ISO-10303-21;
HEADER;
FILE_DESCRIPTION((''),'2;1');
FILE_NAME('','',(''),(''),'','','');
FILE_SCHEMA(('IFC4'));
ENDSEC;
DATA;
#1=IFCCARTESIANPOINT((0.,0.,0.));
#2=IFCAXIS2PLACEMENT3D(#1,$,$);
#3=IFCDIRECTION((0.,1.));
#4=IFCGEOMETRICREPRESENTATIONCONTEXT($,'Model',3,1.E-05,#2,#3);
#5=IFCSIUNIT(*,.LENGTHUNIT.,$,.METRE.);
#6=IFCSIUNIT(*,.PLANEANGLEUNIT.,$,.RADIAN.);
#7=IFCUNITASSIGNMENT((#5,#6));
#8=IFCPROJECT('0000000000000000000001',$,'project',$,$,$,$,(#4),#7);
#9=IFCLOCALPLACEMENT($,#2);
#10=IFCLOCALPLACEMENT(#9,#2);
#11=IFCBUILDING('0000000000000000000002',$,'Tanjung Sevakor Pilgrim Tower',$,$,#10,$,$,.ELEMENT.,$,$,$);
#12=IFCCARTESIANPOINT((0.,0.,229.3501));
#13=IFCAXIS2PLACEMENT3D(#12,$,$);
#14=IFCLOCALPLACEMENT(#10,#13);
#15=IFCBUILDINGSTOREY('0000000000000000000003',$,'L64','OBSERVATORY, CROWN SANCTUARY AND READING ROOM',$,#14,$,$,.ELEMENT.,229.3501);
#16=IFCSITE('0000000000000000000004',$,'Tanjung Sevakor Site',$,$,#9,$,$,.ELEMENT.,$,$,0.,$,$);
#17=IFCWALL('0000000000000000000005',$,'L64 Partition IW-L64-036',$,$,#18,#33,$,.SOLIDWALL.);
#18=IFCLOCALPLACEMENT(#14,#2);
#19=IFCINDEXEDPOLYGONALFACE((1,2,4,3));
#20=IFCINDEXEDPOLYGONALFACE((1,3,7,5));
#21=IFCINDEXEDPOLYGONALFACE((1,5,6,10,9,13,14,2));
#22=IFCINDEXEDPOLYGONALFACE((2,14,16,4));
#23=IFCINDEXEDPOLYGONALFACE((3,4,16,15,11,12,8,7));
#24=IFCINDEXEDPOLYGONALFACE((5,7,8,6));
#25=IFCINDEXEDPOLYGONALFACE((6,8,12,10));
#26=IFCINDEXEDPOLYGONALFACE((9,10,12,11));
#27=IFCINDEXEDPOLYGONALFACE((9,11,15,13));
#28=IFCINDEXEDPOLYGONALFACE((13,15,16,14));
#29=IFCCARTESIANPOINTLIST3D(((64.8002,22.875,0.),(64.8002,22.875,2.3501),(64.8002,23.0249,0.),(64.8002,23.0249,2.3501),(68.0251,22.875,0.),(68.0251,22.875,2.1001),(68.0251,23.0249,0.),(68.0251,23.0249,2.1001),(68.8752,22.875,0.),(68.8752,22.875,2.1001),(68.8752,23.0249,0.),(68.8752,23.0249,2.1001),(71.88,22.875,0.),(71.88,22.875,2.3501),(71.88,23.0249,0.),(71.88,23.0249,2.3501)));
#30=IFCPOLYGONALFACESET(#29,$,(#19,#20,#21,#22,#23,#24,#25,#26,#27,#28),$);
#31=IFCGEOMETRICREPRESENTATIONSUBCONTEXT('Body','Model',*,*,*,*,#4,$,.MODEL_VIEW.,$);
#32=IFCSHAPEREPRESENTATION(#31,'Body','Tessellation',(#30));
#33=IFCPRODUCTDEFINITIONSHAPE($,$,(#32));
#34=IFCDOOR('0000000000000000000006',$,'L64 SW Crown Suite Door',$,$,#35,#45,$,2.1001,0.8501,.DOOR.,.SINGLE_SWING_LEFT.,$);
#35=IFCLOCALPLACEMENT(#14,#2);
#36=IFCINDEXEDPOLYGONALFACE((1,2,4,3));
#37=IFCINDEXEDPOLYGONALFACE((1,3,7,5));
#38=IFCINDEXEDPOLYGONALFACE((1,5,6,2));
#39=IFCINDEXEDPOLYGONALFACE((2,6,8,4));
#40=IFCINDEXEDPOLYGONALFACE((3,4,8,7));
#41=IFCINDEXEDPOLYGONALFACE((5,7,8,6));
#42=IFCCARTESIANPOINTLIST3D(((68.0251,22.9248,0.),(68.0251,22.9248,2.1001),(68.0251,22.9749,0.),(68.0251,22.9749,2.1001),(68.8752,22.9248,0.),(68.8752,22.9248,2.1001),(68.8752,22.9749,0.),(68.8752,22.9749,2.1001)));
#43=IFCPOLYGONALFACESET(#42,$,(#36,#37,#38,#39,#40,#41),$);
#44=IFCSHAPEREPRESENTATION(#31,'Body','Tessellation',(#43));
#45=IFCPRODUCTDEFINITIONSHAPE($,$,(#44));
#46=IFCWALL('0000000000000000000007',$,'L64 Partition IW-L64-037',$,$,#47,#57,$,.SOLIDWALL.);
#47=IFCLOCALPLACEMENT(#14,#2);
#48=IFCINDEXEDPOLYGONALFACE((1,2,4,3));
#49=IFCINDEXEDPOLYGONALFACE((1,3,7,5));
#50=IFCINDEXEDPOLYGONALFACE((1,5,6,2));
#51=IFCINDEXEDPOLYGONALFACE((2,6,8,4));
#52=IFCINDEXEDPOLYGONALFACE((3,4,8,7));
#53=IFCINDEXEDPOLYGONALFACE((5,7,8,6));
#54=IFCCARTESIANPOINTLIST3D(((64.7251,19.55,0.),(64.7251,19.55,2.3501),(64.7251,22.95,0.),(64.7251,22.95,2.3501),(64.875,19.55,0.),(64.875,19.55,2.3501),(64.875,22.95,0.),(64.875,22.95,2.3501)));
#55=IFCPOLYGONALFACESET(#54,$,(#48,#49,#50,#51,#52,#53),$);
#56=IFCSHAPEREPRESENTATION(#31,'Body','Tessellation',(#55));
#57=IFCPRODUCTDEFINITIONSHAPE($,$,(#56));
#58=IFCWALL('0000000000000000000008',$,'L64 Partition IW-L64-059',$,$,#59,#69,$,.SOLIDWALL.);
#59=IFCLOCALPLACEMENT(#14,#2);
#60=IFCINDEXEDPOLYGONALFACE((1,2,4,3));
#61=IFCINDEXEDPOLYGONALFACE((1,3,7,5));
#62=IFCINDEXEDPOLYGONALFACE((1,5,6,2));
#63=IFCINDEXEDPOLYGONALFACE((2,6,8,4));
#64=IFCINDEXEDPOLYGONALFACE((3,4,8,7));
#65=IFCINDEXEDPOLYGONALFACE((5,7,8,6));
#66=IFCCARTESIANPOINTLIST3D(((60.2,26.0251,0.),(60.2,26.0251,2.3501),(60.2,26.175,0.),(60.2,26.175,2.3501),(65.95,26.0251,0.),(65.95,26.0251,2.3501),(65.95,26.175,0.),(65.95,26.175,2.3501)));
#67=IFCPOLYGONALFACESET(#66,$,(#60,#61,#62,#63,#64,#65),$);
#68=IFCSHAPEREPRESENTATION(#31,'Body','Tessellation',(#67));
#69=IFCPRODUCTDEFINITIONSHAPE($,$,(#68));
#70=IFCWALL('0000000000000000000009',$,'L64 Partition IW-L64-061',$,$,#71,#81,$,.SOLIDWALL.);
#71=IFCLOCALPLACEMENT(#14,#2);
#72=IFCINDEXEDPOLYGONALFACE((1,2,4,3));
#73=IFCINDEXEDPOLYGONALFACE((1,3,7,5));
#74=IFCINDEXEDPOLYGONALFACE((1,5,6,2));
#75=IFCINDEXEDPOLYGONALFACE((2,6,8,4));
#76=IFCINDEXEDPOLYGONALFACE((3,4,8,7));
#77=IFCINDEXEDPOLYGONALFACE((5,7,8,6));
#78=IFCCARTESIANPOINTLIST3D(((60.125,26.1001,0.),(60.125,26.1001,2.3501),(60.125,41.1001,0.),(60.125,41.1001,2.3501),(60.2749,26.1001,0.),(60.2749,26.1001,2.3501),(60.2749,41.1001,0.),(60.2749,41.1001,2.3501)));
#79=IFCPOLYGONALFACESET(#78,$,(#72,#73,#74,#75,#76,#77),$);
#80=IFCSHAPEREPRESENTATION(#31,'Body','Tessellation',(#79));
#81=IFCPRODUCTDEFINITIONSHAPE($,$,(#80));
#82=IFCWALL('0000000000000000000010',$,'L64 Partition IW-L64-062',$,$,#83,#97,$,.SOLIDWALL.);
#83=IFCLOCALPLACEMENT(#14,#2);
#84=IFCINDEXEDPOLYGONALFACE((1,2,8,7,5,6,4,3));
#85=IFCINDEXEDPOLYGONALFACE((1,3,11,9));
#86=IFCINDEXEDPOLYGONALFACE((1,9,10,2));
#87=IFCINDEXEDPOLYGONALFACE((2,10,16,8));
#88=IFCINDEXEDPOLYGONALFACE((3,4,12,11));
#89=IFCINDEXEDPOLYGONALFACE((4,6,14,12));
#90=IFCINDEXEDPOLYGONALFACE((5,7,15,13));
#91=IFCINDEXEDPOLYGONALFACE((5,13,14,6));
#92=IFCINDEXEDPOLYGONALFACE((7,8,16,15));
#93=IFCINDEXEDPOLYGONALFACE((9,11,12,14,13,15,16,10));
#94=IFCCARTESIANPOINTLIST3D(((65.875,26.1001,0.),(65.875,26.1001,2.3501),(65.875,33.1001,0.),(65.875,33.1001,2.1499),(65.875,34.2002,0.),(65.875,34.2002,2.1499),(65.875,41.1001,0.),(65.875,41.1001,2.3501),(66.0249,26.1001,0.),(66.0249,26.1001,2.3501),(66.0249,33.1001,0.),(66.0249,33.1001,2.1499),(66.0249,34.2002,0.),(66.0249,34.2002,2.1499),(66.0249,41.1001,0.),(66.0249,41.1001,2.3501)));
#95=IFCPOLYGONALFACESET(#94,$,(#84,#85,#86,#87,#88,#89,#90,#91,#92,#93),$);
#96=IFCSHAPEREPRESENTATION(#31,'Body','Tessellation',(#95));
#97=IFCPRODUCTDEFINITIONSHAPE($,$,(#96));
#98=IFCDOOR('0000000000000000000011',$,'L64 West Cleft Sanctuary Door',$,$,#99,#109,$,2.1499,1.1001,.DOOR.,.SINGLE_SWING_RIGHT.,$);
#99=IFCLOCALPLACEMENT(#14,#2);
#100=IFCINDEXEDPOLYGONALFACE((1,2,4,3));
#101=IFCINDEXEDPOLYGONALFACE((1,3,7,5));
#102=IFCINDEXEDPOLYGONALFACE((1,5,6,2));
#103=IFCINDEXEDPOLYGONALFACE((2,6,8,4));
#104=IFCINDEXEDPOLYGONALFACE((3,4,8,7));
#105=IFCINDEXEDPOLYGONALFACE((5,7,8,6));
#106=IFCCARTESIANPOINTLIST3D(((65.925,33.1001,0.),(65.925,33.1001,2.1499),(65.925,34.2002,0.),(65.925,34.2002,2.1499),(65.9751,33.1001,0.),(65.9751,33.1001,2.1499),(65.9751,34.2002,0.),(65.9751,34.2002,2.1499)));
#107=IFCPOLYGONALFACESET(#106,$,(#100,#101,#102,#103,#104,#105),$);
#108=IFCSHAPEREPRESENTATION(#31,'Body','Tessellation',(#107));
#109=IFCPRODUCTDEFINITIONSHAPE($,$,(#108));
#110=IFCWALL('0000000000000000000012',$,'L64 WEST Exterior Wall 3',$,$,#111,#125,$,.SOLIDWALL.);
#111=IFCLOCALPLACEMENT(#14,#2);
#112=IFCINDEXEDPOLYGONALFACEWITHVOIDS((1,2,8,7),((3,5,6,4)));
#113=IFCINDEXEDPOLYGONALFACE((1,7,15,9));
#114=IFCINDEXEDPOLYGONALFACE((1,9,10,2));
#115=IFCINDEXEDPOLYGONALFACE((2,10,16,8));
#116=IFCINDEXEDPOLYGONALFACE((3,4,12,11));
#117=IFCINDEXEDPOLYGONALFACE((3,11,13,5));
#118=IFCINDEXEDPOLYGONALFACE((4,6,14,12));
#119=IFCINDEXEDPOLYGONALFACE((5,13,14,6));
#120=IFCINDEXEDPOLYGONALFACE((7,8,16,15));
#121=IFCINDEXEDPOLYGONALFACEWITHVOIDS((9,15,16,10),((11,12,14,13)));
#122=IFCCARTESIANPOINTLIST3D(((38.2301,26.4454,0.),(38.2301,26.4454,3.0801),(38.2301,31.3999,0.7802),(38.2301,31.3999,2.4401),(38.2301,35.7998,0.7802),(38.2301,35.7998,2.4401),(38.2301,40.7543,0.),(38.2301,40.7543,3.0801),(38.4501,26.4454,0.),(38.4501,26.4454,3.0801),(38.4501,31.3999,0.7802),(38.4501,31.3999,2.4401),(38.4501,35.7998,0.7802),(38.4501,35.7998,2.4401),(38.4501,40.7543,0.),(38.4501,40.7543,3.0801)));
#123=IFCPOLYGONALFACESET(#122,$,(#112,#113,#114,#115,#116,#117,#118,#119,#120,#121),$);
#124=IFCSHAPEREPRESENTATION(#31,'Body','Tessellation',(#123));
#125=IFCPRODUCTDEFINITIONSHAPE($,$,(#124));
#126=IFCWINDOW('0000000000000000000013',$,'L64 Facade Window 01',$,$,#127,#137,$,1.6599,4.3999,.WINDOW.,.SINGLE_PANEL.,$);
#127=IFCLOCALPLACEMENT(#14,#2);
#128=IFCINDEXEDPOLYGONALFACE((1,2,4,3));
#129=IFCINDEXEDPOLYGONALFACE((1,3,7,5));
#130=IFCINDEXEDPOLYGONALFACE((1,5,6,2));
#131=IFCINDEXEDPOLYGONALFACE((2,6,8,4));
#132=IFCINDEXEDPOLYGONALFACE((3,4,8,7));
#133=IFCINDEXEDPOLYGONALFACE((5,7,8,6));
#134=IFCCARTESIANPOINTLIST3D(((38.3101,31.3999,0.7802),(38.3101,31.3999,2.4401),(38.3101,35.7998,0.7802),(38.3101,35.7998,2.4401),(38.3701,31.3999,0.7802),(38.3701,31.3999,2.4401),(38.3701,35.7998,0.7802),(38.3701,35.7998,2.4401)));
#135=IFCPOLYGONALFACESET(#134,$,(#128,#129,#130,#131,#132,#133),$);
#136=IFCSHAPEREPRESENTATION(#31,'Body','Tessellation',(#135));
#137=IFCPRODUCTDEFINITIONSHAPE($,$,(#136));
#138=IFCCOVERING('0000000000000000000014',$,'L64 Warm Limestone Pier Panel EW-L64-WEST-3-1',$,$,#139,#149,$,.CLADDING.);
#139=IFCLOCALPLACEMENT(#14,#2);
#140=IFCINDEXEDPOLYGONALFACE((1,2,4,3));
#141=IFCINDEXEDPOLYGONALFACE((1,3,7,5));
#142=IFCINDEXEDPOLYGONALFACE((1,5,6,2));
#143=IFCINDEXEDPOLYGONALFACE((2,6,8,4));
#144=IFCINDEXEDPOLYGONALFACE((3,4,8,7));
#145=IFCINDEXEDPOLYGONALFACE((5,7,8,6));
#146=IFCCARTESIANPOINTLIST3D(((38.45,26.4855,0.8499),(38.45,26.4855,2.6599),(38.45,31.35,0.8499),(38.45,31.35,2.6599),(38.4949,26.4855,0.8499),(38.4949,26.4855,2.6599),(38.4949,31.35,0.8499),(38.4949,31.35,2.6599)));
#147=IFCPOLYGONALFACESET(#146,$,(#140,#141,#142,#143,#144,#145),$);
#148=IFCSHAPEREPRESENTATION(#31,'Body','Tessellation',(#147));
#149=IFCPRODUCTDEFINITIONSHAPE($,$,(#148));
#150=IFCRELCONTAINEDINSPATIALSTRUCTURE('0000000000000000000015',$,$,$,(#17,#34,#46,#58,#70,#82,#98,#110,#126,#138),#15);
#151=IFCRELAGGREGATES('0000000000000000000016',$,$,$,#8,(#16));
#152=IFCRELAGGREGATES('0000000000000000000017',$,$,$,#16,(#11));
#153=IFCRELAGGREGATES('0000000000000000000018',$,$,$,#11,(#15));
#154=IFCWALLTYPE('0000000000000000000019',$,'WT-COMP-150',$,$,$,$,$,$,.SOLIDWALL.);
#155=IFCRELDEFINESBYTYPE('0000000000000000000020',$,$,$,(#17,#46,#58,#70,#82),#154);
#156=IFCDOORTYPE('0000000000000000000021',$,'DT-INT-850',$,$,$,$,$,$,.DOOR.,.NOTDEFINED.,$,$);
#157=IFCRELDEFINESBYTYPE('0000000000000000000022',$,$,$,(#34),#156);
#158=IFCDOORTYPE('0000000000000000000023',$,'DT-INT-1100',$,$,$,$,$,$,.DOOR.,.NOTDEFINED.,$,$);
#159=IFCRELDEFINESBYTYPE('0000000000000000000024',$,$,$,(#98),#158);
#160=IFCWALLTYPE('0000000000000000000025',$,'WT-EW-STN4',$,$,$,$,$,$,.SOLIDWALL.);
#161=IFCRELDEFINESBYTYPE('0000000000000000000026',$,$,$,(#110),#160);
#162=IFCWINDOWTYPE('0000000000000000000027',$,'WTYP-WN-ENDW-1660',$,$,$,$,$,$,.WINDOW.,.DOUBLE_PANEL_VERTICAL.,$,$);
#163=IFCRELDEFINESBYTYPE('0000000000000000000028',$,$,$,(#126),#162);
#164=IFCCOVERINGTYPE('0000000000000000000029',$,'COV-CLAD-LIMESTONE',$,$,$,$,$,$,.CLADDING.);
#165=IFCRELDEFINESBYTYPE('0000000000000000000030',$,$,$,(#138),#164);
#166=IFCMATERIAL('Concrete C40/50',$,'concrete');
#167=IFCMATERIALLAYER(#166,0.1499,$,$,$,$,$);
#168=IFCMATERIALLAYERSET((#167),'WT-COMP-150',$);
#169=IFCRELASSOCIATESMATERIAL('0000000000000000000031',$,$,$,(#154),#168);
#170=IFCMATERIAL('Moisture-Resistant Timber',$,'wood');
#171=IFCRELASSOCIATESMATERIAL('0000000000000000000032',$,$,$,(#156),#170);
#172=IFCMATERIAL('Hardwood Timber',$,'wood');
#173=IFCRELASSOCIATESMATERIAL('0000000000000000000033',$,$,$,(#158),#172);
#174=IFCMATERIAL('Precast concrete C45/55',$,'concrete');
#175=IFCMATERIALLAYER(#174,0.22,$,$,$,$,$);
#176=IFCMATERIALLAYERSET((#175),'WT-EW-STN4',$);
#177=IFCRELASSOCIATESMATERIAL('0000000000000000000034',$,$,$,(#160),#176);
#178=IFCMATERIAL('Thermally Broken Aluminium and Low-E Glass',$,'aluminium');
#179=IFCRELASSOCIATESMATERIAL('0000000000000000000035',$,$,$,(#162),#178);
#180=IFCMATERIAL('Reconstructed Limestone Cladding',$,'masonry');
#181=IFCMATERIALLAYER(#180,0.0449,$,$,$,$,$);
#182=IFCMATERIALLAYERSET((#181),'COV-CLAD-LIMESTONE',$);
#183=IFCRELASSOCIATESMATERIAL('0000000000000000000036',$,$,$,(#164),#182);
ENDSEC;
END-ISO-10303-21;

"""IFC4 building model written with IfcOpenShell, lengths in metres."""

from ifc_helpers import new_model, si_unit, direction, frame, frame_2d, origin, origin_2d, place, context, subcontext, project, spatial, rectangle, extrude, material, layer, layer_set, type_object, element, fill, save


model = new_model("IFC4")

# Units and contexts
model_context = context("Model", 3, precision=1e-05, world=origin(), true_north=direction((0.0, 1.0)))
body_context = subcontext(model_context, "Body", "Model", "MODEL_VIEW")
ifc_project = project(units=[si_unit("LENGTHUNIT", "METRE"), si_unit("PLANEANGLEUNIT", "RADIAN")], contexts=[model_context])

# Site, building, storey
site_placement = place(None, origin())
site = spatial("IfcSite", under=ifc_project, at=site_placement, Name="Tanjung Sevakor Site", CompositionType="ELEMENT", RefElevation=0.0)
building_placement = place(site_placement, origin())
building = spatial("IfcBuilding", under=site, at=building_placement, Name="Tanjung Sevakor Pilgrim Tower", CompositionType="ELEMENT")
storey_placement = place(building_placement, frame((0.0, 0.0, 229.3501)))
storey = spatial("IfcBuildingStorey", under=building, at=storey_placement, Name="L64", Description="OBSERVATORY, CROWN SANCTUARY AND READING ROOM", CompositionType="ELEMENT", Elevation=229.3501)

# Shared definitions
ifc_material_1 = material(Name="Concrete C40/50", Category="concrete")
ifc_layer_1 = layer(ifc_material_1, 0.1499)
ifc_layer_set_1 = layer_set([ifc_layer_1], Name="WT-COMP-150")
wall_type_1 = type_object("IfcWallType", Name="WT-COMP-150", PredefinedType="SOLIDWALL", material=ifc_layer_set_1)

# Wall, opening, door
wall_1_placement = place(storey_placement, frame((64.8, 22.95, 0.0), z_axis=(0.0, 0.0, 1.0), x_axis=(1.0, 0.0, 0.0)))
wall_1 = element("IfcWall", 1, at=wall_1_placement, inside=storey, type_object=wall_type_1, Name="L64 Partition IW-L64-036", PredefinedType="SOLIDWALL", context=body_context, shape_type="SweptSolid", body=[
    extrude(rectangle(XDim=7.0798, YDim=0.1499, at=frame_2d((3.54, 0.0))), origin(), (0.0, 0.0, 1.0), 2.3501),
])
opening_1_placement = place(wall_1_placement, frame((3.2251, 0.0, 0.0)))
opening_1 = element("IfcOpeningElement", 2, at=opening_1_placement, cuts=wall_1, PredefinedType="OPENING", context=body_context, shape_type="SweptSolid", body=[
    extrude(rectangle(XDim=0.8501, YDim=2.1001, at=frame_2d((0.425, 1.05))), frame((0.0, 0.085, 0.0), z_axis=(0.0, -1.0, 0.0), x_axis=(1.0, 0.0, 0.0)), (0.0, 0.0, 1.0), 0.1699),
])
ifc_material_2 = material(Name="Moisture-Resistant Timber", Category="wood")
door_type_1 = type_object("IfcDoorType", Name="DT-INT-850", OperationType="NOTDEFINED", PredefinedType="DOOR", material=ifc_material_2)
door_1_placement = place(opening_1_placement, origin())
door_1 = element("IfcDoor", 3, at=door_1_placement, inside=storey, type_object=door_type_1, Name="L64 SW Crown Suite Door", OperationType="SINGLE_SWING_LEFT", OverallHeight=2.1001, OverallWidth=0.8501, PredefinedType="DOOR", context=body_context, shape_type="SweptSolid", body=[
    extrude(rectangle(XDim=0.8501, YDim=2.1001, at=frame_2d((0.425, 1.05))), frame((0.0, 0.0249, 0.0), z_axis=(0.0, -1.0, 0.0), x_axis=(1.0, 0.0, 0.0)), (0.0, 0.0, 1.0), 0.05),
])
fill(opening_1, door_1)

# Walls
wall_2_placement = place(storey_placement, frame((64.8, 19.55, 0.0), z_axis=(0.0, 0.0, 1.0), x_axis=(0.0, 1.0, 0.0)))
element("IfcWall", 4, at=wall_2_placement, inside=storey, type_object=wall_type_1, Name="L64 Partition IW-L64-037", PredefinedType="SOLIDWALL", context=body_context, shape_type="SweptSolid", body=[
    extrude(rectangle(XDim=3.3999, YDim=0.1499, at=frame_2d((1.7, 0.0))), origin(), (0.0, 0.0, 1.0), 2.3501),
])
wall_3_placement = place(storey_placement, frame((60.2, 26.1001, 0.0), z_axis=(0.0, 0.0, 1.0), x_axis=(1.0, 0.0, 0.0)))
element("IfcWall", 5, at=wall_3_placement, inside=storey, type_object=wall_type_1, Name="L64 Partition IW-L64-059", PredefinedType="SOLIDWALL", context=body_context, shape_type="SweptSolid", body=[
    extrude(rectangle(XDim=5.75, YDim=0.1499, at=frame_2d((2.875, 0.0))), origin(), (0.0, 0.0, 1.0), 2.3501),
])
wall_4_placement = place(storey_placement, frame((60.2, 26.1001, 0.0), z_axis=(0.0, 0.0, 1.0), x_axis=(0.0, 1.0, 0.0)))
element("IfcWall", 6, at=wall_4_placement, inside=storey, type_object=wall_type_1, Name="L64 Partition IW-L64-061", PredefinedType="SOLIDWALL", context=body_context, shape_type="SweptSolid", body=[
    extrude(rectangle(XDim=15.0, YDim=0.1499, at=frame_2d((7.5, 0.0))), origin(), (0.0, 0.0, 1.0), 2.3501),
])

# Wall, opening, door
wall_5_placement = place(storey_placement, frame((65.95, 26.1001, 0.0), z_axis=(0.0, 0.0, 1.0), x_axis=(0.0, 1.0, 0.0)))
wall_5 = element("IfcWall", 7, at=wall_5_placement, inside=storey, type_object=wall_type_1, Name="L64 Partition IW-L64-062", PredefinedType="SOLIDWALL", context=body_context, shape_type="SweptSolid", body=[
    extrude(rectangle(XDim=15.0, YDim=0.1499, at=frame_2d((7.5, 0.0))), origin(), (0.0, 0.0, 1.0), 2.3501),
])
opening_2_placement = place(wall_5_placement, frame((7.0, 0.0, 0.0)))
opening_2 = element("IfcOpeningElement", 8, at=opening_2_placement, cuts=wall_5, PredefinedType="OPENING", context=body_context, shape_type="SweptSolid", body=[
    extrude(rectangle(XDim=1.1001, YDim=2.1499, at=frame_2d((0.55, 1.075))), frame((0.0, 0.085, 0.0), z_axis=(0.0, -1.0, 0.0), x_axis=(1.0, 0.0, 0.0)), (0.0, 0.0, 1.0), 0.1699),
])
ifc_material_3 = material(Name="Hardwood Timber", Category="wood")
door_type_2 = type_object("IfcDoorType", Name="DT-INT-1100", OperationType="NOTDEFINED", PredefinedType="DOOR", material=ifc_material_3)
door_2_placement = place(opening_2_placement, origin())
door_2 = element("IfcDoor", 9, at=door_2_placement, inside=storey, type_object=door_type_2, Name="L64 West Cleft Sanctuary Door", OperationType="SINGLE_SWING_RIGHT", OverallHeight=2.1499, OverallWidth=1.1001, PredefinedType="DOOR", context=body_context, shape_type="SweptSolid", body=[
    extrude(rectangle(XDim=1.1001, YDim=2.1499, at=frame_2d((0.55, 1.075))), frame((0.0, 0.0249, 0.0), z_axis=(0.0, -1.0, 0.0), x_axis=(1.0, 0.0, 0.0)), (0.0, 0.0, 1.0), 0.05),
])
fill(opening_2, door_2)

# Wall, opening, window
ifc_material_4 = material(Name="Precast concrete C45/55", Category="concrete")
ifc_layer_2 = layer(ifc_material_4, 0.22)
ifc_layer_set_2 = layer_set([ifc_layer_2], Name="WT-EW-STN4")
wall_type_2 = type_object("IfcWallType", Name="WT-EW-STN4", PredefinedType="SOLIDWALL", material=ifc_layer_set_2)
wall_6_placement = place(storey_placement, frame((38.3401, 26.4456, 0.0), z_axis=(0.0, 0.0, 1.0), x_axis=(0.0, 1.0, 0.0)))
wall_6 = element("IfcWall", 10, at=wall_6_placement, inside=storey, type_object=wall_type_2, Name="L64 WEST Exterior Wall 3", PredefinedType="SOLIDWALL", context=body_context, shape_type="SweptSolid", body=[
    extrude(rectangle(XDim=14.3088, YDim=0.22, at=frame_2d((7.1543, 0.0))), origin(), (0.0, 0.0, 1.0), 3.0801),
])
opening_3_placement = place(wall_6_placement, frame((4.9543, 0.0, 0.78)))
opening_3 = element("IfcOpeningElement", 11, at=opening_3_placement, cuts=wall_6, PredefinedType="OPENING", context=body_context, shape_type="SweptSolid", body=[
    extrude(rectangle(XDim=4.3999, YDim=1.6599, at=frame_2d((2.2, 0.8301))), frame((0.0, 0.1199, 0.0), z_axis=(0.0, -1.0, 0.0), x_axis=(1.0, 0.0, 0.0)), (0.0, 0.0, 1.0), 0.24),
])
ifc_material_5 = material(Name="Thermally Broken Aluminium and Low-E Glass", Category="aluminium")
window_type = type_object("IfcWindowType", Name="WTYP-WN-ENDW-1660", PartitioningType="DOUBLE_PANEL_VERTICAL", PredefinedType="WINDOW", material=ifc_material_5)
window_placement = place(opening_3_placement, origin())
window = element("IfcWindow", 12, at=window_placement, inside=storey, type_object=window_type, Name="L64 Facade Window 01", OverallHeight=1.6599, OverallWidth=4.3999, PartitioningType="SINGLE_PANEL", PredefinedType="WINDOW", context=body_context, shape_type="SweptSolid", body=[
    extrude(rectangle(XDim=4.3999, YDim=1.6599, at=frame_2d((2.2, 0.8301))), frame((0.0, 0.03, 0.0), z_axis=(0.0, -1.0, 0.0), x_axis=(1.0, 0.0, 0.0)), (0.0, 0.0, 1.0), 0.0601),
])
fill(opening_3, window)

# Covering
ifc_material_6 = material(Name="Reconstructed Limestone Cladding", Category="masonry")
ifc_layer_3 = layer(ifc_material_6, 0.0449)
ifc_layer_set_3 = layer_set([ifc_layer_3], Name="COV-CLAD-LIMESTONE")
covering_type = type_object("IfcCoveringType", Name="COV-CLAD-LIMESTONE", PredefinedType="CLADDING", material=ifc_layer_set_3)
covering_placement = place(storey_placement, frame((38.4724, 28.9177, 0.8499), z_axis=(0.0, 0.0, 1.0), x_axis=(0.0, 1.0, 0.0)))
element("IfcCovering", 13, at=covering_placement, inside=storey, type_object=covering_type, Name="L64 Warm Limestone Pier Panel EW-L64-WEST-3-1", PredefinedType="CLADDING", context=body_context, shape_type="SweptSolid", body=[
    extrude(rectangle(XDim=4.8645, YDim=0.0449, at=origin_2d()), origin(), (0.0, 0.0, 1.0), 1.8101),
])

save(model, "model.ifc")
